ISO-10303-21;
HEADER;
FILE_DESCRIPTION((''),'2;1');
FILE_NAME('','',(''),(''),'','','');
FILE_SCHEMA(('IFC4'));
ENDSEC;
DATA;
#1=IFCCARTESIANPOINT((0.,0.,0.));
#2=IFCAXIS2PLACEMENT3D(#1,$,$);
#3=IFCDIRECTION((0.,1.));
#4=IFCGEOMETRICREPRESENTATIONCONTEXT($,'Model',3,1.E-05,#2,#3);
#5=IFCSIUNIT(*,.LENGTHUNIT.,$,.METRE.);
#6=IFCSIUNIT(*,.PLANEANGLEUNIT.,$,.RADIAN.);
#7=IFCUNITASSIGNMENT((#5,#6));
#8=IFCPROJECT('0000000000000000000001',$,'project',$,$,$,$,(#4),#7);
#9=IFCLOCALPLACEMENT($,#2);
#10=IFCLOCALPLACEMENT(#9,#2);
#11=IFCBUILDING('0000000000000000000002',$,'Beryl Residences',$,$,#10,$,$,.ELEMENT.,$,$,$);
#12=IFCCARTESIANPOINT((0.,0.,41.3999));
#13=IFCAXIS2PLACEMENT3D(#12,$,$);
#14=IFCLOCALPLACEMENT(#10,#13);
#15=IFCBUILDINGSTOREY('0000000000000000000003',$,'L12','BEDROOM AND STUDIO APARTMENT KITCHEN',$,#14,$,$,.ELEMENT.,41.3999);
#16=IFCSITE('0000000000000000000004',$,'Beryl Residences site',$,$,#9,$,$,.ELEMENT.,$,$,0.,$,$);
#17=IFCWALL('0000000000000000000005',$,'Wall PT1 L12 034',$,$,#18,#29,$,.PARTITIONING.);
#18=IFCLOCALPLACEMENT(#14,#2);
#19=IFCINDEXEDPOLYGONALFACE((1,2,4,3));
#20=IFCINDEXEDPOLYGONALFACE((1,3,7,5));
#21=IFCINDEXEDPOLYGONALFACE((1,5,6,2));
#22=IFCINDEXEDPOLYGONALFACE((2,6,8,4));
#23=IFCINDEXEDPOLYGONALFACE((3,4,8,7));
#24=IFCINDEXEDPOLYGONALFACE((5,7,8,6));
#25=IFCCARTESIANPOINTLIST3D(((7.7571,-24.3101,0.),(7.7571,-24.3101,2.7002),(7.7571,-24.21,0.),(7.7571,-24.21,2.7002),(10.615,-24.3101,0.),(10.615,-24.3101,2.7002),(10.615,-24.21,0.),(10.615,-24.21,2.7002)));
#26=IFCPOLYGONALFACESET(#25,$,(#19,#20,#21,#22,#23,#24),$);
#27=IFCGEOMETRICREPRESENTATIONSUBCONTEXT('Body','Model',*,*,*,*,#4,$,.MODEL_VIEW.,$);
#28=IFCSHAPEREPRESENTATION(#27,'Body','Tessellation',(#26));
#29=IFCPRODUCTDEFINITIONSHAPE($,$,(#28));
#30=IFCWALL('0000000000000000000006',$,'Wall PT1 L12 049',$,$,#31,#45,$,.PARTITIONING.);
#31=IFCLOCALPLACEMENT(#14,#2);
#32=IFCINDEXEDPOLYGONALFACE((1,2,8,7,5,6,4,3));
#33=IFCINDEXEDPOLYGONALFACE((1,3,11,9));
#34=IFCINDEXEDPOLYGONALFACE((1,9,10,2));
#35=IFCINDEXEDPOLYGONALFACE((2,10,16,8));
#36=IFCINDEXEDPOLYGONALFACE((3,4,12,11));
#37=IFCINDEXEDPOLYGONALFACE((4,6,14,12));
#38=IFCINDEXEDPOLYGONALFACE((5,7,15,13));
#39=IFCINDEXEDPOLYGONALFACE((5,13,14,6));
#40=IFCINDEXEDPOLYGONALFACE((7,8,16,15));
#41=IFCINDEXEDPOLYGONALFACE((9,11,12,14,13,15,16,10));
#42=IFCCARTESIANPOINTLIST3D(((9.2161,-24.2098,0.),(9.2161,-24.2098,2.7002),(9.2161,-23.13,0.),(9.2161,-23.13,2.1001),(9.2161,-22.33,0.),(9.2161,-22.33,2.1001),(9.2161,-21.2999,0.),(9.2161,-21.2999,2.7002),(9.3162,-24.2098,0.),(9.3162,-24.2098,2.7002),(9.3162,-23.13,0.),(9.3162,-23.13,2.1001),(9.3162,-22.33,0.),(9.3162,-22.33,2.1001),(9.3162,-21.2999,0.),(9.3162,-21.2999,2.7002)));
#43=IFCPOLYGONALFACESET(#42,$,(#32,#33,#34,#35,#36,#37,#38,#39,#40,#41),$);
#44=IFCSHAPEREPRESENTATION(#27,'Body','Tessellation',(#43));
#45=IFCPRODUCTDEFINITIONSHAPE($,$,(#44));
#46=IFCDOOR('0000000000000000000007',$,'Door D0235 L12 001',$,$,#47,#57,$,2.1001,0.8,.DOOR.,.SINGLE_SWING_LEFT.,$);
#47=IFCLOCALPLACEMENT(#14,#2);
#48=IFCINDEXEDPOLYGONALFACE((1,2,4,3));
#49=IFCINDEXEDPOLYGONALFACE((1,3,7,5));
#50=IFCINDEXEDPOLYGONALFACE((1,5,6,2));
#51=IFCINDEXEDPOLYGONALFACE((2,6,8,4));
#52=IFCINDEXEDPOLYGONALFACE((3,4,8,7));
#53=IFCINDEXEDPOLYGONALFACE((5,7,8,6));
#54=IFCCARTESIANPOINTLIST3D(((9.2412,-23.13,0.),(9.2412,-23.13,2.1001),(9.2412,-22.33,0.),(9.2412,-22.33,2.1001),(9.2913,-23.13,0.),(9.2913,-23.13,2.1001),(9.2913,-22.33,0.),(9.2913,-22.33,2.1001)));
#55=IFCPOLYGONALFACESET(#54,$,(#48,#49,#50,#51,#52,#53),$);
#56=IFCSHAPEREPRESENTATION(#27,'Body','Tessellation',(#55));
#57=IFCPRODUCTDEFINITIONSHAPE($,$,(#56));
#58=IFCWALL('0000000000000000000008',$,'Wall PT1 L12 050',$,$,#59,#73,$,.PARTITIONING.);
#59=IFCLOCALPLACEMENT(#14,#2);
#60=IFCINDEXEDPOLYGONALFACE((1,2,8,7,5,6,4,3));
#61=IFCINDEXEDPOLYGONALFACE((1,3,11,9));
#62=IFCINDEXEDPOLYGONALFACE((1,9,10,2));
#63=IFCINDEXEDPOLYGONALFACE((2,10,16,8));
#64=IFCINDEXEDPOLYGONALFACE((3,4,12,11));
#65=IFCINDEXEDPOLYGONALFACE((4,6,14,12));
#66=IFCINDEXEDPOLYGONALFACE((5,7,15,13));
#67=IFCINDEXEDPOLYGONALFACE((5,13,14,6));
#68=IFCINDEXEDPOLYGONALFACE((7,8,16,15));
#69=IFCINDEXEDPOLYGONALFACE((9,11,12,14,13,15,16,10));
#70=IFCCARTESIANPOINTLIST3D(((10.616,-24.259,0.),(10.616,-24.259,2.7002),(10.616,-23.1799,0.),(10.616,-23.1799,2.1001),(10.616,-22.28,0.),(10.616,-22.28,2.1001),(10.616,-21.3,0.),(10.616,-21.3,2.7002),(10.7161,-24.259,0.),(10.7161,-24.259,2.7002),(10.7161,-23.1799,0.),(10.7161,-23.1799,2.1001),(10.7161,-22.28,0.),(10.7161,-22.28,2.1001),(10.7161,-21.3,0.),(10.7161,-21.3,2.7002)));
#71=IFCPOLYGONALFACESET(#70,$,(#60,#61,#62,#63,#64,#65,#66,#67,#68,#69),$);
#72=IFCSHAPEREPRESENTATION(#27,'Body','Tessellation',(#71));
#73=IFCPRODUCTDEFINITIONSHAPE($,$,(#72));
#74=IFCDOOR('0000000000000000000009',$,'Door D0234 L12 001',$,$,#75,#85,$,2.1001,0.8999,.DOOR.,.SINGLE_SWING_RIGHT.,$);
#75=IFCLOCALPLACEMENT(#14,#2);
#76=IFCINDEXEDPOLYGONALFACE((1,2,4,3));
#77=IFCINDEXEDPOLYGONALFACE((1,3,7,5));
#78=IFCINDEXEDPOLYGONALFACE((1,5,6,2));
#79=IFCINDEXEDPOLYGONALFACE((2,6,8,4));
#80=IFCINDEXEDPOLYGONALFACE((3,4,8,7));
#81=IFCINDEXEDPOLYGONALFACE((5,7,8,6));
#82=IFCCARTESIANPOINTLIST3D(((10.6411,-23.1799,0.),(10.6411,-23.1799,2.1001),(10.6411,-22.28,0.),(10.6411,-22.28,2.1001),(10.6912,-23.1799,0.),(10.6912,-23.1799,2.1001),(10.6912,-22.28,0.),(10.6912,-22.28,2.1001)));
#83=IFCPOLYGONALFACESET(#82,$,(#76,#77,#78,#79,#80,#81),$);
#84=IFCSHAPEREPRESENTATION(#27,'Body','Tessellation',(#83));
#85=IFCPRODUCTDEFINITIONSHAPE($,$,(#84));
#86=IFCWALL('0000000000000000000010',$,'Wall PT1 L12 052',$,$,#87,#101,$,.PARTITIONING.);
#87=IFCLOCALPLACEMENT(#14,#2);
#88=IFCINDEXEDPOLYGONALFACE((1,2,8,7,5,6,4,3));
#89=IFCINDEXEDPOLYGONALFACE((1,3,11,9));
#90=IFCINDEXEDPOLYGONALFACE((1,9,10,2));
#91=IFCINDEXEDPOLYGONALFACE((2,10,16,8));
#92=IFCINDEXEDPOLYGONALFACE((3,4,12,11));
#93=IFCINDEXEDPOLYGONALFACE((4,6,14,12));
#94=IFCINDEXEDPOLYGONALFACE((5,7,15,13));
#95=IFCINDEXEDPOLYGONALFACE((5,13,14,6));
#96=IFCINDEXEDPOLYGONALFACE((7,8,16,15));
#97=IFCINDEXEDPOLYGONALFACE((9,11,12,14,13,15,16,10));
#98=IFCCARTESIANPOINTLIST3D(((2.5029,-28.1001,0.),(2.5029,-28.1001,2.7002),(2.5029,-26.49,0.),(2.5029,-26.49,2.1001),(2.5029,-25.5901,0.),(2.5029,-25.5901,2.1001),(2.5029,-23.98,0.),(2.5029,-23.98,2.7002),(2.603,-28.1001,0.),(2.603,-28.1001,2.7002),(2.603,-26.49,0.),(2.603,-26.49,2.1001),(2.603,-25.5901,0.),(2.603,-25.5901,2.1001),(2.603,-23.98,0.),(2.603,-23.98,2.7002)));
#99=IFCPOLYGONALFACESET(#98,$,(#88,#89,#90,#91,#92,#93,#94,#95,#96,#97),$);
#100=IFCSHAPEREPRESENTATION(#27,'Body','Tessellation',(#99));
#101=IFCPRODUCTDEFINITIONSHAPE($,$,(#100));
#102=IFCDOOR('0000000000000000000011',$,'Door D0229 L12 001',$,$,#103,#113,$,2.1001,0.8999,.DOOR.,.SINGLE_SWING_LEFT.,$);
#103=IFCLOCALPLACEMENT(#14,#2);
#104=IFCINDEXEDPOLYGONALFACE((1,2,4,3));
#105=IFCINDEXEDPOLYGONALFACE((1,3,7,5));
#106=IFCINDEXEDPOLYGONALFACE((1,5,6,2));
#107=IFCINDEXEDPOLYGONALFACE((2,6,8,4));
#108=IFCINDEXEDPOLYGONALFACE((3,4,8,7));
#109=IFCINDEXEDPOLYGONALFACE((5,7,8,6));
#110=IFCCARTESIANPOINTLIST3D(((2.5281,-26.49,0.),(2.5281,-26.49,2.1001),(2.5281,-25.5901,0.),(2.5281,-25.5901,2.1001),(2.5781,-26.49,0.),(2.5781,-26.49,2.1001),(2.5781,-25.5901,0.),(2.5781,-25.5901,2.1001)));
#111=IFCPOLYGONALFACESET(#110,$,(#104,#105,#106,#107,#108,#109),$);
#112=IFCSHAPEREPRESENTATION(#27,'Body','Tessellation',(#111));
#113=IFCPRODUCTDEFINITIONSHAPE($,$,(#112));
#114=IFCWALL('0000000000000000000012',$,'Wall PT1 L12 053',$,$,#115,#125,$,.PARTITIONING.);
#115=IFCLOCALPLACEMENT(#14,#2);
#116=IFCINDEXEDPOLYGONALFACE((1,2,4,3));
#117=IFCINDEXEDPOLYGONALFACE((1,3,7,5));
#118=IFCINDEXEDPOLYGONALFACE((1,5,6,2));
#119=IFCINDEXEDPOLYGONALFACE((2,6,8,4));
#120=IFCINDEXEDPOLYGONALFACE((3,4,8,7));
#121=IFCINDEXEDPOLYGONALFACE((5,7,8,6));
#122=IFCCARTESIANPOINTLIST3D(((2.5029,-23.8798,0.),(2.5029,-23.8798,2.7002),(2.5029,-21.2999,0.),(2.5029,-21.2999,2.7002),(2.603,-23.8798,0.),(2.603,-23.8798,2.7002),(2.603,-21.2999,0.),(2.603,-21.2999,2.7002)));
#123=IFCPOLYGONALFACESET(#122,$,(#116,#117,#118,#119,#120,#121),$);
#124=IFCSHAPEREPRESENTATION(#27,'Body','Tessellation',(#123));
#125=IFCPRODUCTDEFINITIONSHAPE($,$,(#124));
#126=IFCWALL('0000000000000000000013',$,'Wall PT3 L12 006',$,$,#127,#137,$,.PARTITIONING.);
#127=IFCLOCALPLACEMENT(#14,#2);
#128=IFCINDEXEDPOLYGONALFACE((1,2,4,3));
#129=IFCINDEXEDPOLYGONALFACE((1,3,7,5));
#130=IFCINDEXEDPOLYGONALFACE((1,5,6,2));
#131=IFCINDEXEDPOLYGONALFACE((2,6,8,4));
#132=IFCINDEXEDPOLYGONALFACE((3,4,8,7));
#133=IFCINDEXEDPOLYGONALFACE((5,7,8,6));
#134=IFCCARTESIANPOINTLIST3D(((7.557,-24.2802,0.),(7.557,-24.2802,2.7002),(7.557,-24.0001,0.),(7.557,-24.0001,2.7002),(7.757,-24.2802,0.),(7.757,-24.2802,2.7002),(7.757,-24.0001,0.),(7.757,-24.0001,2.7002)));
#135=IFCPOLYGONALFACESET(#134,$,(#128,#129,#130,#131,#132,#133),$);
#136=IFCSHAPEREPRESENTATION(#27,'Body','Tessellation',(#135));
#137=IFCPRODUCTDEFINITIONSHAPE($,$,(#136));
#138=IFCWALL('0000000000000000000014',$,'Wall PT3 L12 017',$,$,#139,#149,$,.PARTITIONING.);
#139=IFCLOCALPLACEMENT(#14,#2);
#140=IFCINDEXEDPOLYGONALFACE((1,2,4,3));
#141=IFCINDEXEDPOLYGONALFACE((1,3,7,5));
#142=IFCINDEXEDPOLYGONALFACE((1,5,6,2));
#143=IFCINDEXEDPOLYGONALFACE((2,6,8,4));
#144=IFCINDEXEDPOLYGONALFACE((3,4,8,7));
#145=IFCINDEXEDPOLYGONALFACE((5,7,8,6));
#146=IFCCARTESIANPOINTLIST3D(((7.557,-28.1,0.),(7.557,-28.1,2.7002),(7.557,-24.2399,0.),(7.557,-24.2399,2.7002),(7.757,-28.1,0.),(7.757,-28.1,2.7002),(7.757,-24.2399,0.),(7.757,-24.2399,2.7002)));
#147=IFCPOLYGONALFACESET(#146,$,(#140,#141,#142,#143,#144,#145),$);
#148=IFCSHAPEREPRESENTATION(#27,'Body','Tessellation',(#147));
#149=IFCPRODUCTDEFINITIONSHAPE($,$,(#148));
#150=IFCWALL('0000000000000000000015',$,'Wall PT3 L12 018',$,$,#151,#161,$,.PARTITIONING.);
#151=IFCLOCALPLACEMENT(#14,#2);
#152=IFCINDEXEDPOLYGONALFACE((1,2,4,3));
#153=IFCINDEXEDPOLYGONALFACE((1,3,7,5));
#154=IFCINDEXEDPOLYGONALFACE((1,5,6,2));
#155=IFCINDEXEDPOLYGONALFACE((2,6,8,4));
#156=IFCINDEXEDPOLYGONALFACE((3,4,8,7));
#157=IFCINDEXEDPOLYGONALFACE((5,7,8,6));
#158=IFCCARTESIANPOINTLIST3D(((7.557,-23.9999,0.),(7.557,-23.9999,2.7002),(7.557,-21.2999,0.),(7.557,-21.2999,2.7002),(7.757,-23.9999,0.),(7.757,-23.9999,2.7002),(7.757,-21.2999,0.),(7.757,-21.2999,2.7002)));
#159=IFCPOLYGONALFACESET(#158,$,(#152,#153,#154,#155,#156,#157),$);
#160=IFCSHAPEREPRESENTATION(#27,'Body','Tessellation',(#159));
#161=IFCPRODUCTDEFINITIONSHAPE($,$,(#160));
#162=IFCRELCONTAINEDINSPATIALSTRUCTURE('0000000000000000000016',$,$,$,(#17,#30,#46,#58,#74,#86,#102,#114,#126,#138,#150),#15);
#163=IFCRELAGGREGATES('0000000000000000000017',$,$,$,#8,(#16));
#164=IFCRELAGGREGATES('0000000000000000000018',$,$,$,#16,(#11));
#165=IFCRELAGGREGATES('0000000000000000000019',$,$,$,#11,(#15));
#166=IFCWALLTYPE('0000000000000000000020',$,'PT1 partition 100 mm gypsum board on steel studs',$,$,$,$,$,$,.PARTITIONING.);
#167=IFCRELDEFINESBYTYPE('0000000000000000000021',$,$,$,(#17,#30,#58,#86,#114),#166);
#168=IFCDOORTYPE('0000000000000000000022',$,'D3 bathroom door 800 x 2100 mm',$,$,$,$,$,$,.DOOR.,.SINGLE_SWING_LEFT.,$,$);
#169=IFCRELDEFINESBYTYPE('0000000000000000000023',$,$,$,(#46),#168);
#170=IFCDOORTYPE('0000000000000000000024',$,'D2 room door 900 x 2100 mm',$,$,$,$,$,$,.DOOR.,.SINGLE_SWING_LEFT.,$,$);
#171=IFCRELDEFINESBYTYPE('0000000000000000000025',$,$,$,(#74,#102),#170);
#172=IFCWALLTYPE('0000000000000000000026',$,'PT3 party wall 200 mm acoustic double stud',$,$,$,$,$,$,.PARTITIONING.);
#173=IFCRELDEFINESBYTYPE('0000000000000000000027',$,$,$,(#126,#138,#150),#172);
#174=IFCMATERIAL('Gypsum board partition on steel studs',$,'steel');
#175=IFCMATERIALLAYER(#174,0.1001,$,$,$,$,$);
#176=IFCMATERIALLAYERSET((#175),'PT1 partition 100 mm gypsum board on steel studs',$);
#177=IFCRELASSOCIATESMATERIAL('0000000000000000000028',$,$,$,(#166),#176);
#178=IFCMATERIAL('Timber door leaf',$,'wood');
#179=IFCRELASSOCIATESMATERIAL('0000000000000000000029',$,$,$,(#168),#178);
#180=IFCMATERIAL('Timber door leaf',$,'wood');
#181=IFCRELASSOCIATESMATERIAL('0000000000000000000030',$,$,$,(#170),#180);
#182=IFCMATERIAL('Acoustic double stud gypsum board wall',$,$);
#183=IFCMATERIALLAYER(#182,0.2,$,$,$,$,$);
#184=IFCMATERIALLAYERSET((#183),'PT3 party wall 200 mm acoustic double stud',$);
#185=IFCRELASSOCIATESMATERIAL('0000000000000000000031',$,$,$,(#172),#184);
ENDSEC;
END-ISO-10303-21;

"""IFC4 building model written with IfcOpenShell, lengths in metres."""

from ifc_helpers import new_model, si_unit, direction, frame, frame_2d, origin, place, context, subcontext, project, spatial, rectangle, extrude, material, layer, layer_set, type_object, element, fill, save


model = new_model("IFC4")

# Units and contexts
model_context = context("Model", 3, precision=1e-05, world=origin(), true_north=direction((0.0, 1.0)))
body_context = subcontext(model_context, "Body", "Model", "MODEL_VIEW")
ifc_project = project(units=[si_unit("LENGTHUNIT", "METRE"), si_unit("PLANEANGLEUNIT", "RADIAN")], contexts=[model_context])

# Site, building, storey
site_placement = place(None, origin())
site = spatial("IfcSite", under=ifc_project, at=site_placement, Name="Beryl Residences site", CompositionType="ELEMENT", RefElevation=0.0)
building_placement = place(site_placement, origin())
building = spatial("IfcBuilding", under=site, at=building_placement, Name="Beryl Residences", CompositionType="ELEMENT")
storey_placement = place(building_placement, frame((0.0, 0.0, 41.3999)))
storey = spatial("IfcBuildingStorey", under=building, at=storey_placement, Name="L12", Description="BEDROOM AND STUDIO APARTMENT KITCHEN", CompositionType="ELEMENT", Elevation=41.3999)

# Shared definitions
ifc_material_1 = material(Name="Gypsum board partition on steel studs", Category="steel")
ifc_layer_1 = layer(ifc_material_1, 0.1001)
ifc_layer_set_1 = layer_set([ifc_layer_1], Name="PT1 partition 100 mm gypsum board on steel studs")
wall_type_1 = type_object("IfcWallType", Name="PT1 partition 100 mm gypsum board on steel studs", PredefinedType="PARTITIONING", material=ifc_layer_set_1)

# Shared definitions
ifc_material_2 = material(Name="Timber door leaf", Category="wood")
door_type_1 = type_object("IfcDoorType", Name="D3 bathroom door 800 x 2100 mm", OperationType="SINGLE_SWING_LEFT", PredefinedType="DOOR", material=ifc_material_2)

# Wall
wall_1_placement = place(storey_placement, frame((7.7571, -24.26, 0.0), z_axis=(0.0, 0.0, 1.0), x_axis=(1.0, 0.0, 0.0)))
element("IfcWall", 1, at=wall_1_placement, inside=storey, type_object=wall_type_1, Name="Wall PT1 L12 034", PredefinedType="PARTITIONING", context=body_context, shape_type="SweptSolid", body=[
    extrude(rectangle(XDim=2.8579, YDim=0.1001, at=frame_2d((1.429, 0.0))), origin(), (0.0, 0.0, 1.0), 2.7002),
])

# Walls, openings, doors
wall_2_placement = place(storey_placement, frame((9.2661, -24.21, 0.0), z_axis=(0.0, 0.0, 1.0), x_axis=(0.0, 1.0, 0.0)))
wall_2 = element("IfcWall", 2, at=wall_2_placement, inside=storey, type_object=wall_type_1, Name="Wall PT1 L12 049", PredefinedType="PARTITIONING", context=body_context, shape_type="SweptSolid", body=[
    extrude(rectangle(XDim=2.9099, YDim=0.1001, at=frame_2d((1.4551, 0.0))), origin(), (0.0, 0.0, 1.0), 2.7002),
])
opening_1_placement = place(wall_2_placement, frame((1.0801, 0.0, 0.0)))
opening_1 = element("IfcOpeningElement", 3, at=opening_1_placement, cuts=wall_2, PredefinedType="OPENING", context=body_context, shape_type="SweptSolid", body=[
    extrude(rectangle(XDim=0.8, YDim=2.1001, at=frame_2d((0.3999, 1.05))), frame((0.0, 0.0601, 0.0), z_axis=(0.0, -1.0, 0.0), x_axis=(1.0, 0.0, 0.0)), (0.0, 0.0, 1.0), 0.1201),
])
door_1_placement = place(opening_1_placement, origin())
door_1 = element("IfcDoor", 4, at=door_1_placement, inside=storey, type_object=door_type_1, Name="Door D0235 L12 001", OperationType="SINGLE_SWING_LEFT", OverallHeight=2.1001, OverallWidth=0.8, PredefinedType="DOOR", context=body_context, shape_type="SweptSolid", body=[
    extrude(rectangle(XDim=0.8, YDim=2.1001, at=frame_2d((0.3999, 1.05))), frame((0.0, 0.0249, 0.0), z_axis=(0.0, -1.0, 0.0), x_axis=(1.0, 0.0, 0.0)), (0.0, 0.0, 1.0), 0.05),
])
fill(opening_1, door_1)
wall_3_placement = place(storey_placement, frame((10.666, -24.259, 0.0), z_axis=(0.0, 0.0, 1.0), x_axis=(0.0, 1.0, 0.0)))
wall_3 = element("IfcWall", 5, at=wall_3_placement, inside=storey, type_object=wall_type_1, Name="Wall PT1 L12 050", PredefinedType="PARTITIONING", context=body_context, shape_type="SweptSolid", body=[
    extrude(rectangle(XDim=2.959, YDim=0.1001, at=frame_2d((1.4795, 0.0))), origin(), (0.0, 0.0, 1.0), 2.7002),
])
opening_2_placement = place(wall_3_placement, frame((1.0791, 0.0, 0.0)))
opening_2 = element("IfcOpeningElement", 6, at=opening_2_placement, cuts=wall_3, PredefinedType="OPENING", context=body_context, shape_type="SweptSolid", body=[
    extrude(rectangle(XDim=0.8999, YDim=2.1001, at=frame_2d((0.45, 1.05))), frame((0.0, 0.0601, 0.0), z_axis=(0.0, -1.0, 0.0), x_axis=(1.0, 0.0, 0.0)), (0.0, 0.0, 1.0), 0.1201),
])
ifc_material_3 = material(Name="Timber door leaf", Category="wood")
door_type_2 = type_object("IfcDoorType", Name="D2 room door 900 x 2100 mm", OperationType="SINGLE_SWING_LEFT", PredefinedType="DOOR", material=ifc_material_3)
door_2_placement = place(opening_2_placement, origin())
door_2 = element("IfcDoor", 7, at=door_2_placement, inside=storey, type_object=door_type_2, Name="Door D0234 L12 001", OperationType="SINGLE_SWING_RIGHT", OverallHeight=2.1001, OverallWidth=0.8999, PredefinedType="DOOR", context=body_context, shape_type="SweptSolid", body=[
    extrude(rectangle(XDim=0.8999, YDim=2.1001, at=frame_2d((0.45, 1.05))), frame((0.0, 0.0249, 0.0), z_axis=(0.0, -1.0, 0.0), x_axis=(1.0, 0.0, 0.0)), (0.0, 0.0, 1.0), 0.05),
])
fill(opening_2, door_2)
wall_4_placement = place(storey_placement, frame((2.553, -28.1001, 0.0), z_axis=(0.0, 0.0, 1.0), x_axis=(0.0, 1.0, 0.0)))
wall_4 = element("IfcWall", 8, at=wall_4_placement, inside=storey, type_object=wall_type_1, Name="Wall PT1 L12 052", PredefinedType="PARTITIONING", context=body_context, shape_type="SweptSolid", body=[
    extrude(rectangle(XDim=4.1201, YDim=0.1001, at=frame_2d((2.0601, 0.0))), origin(), (0.0, 0.0, 1.0), 2.7002),
])
opening_3_placement = place(wall_4_placement, frame((1.6101, 0.0, 0.0)))
opening_3 = element("IfcOpeningElement", 9, at=opening_3_placement, cuts=wall_4, PredefinedType="OPENING", context=body_context, shape_type="SweptSolid", body=[
    extrude(rectangle(XDim=0.8999, YDim=2.1001, at=frame_2d((0.45, 1.05))), frame((0.0, 0.0601, 0.0), z_axis=(0.0, -1.0, 0.0), x_axis=(1.0, 0.0, 0.0)), (0.0, 0.0, 1.0), 0.1201),
])
door_3_placement = place(opening_3_placement, origin())
door_3 = element("IfcDoor", 10, at=door_3_placement, inside=storey, type_object=door_type_2, Name="Door D0229 L12 001", OperationType="SINGLE_SWING_LEFT", OverallHeight=2.1001, OverallWidth=0.8999, PredefinedType="DOOR", context=body_context, shape_type="SweptSolid", body=[
    extrude(rectangle(XDim=0.8999, YDim=2.1001, at=frame_2d((0.45, 1.05))), frame((0.0, 0.0249, 0.0), z_axis=(0.0, -1.0, 0.0), x_axis=(1.0, 0.0, 0.0)), (0.0, 0.0, 1.0), 0.05),
])
fill(opening_3, door_3)

# Walls
wall_5_placement = place(storey_placement, frame((2.553, -23.8799, 0.0), z_axis=(0.0, 0.0, 1.0), x_axis=(0.0, 1.0, 0.0)))
element("IfcWall", 11, at=wall_5_placement, inside=storey, type_object=wall_type_1, Name="Wall PT1 L12 053", PredefinedType="PARTITIONING", context=body_context, shape_type="SweptSolid", body=[
    extrude(rectangle(XDim=2.5798, YDim=0.1001, at=frame_2d((1.29, 0.0))), origin(), (0.0, 0.0, 1.0), 2.7002),
])
ifc_material_4 = material(Name="Acoustic double stud gypsum board wall")
ifc_layer_2 = layer(ifc_material_4, 0.2)
ifc_layer_set_2 = layer_set([ifc_layer_2], Name="PT3 party wall 200 mm acoustic double stud")
wall_type_2 = type_object("IfcWallType", Name="PT3 party wall 200 mm acoustic double stud", PredefinedType="PARTITIONING", material=ifc_layer_set_2)
wall_6_placement = place(storey_placement, frame((7.657, -24.0, 0.0), z_axis=(0.0, 0.0, 1.0), x_axis=(0.0, -1.0, 0.0)))
element("IfcWall", 12, at=wall_6_placement, inside=storey, type_object=wall_type_2, Name="Wall PT3 L12 006", PredefinedType="PARTITIONING", context=body_context, shape_type="SweptSolid", body=[
    extrude(rectangle(XDim=0.28, YDim=0.2, at=frame_2d((0.1401, 0.0))), origin(), (0.0, 0.0, 1.0), 2.7002),
])
wall_7_placement = place(storey_placement, frame((7.657, -28.1001, 0.0), z_axis=(0.0, 0.0, 1.0), x_axis=(0.0, 1.0, 0.0)))
element("IfcWall", 13, at=wall_7_placement, inside=storey, type_object=wall_type_2, Name="Wall PT3 L12 017", PredefinedType="PARTITIONING", context=body_context, shape_type="SweptSolid", body=[
    extrude(rectangle(XDim=3.8601, YDim=0.2, at=frame_2d((1.9302, 0.0))), origin(), (0.0, 0.0, 1.0), 2.7002),
])
wall_8_placement = place(storey_placement, frame((7.657, -24.0, 0.0), z_axis=(0.0, 0.0, 1.0), x_axis=(0.0, 1.0, 0.0)))
element("IfcWall", 14, at=wall_8_placement, inside=storey, type_object=wall_type_2, Name="Wall PT3 L12 018", PredefinedType="PARTITIONING", context=body_context, shape_type="SweptSolid", body=[
    extrude(rectangle(XDim=2.7, YDim=0.2, at=frame_2d((1.3501, 0.0))), origin(), (0.0, 0.0, 1.0), 2.7002),
])

save(model, "model.ifc")
